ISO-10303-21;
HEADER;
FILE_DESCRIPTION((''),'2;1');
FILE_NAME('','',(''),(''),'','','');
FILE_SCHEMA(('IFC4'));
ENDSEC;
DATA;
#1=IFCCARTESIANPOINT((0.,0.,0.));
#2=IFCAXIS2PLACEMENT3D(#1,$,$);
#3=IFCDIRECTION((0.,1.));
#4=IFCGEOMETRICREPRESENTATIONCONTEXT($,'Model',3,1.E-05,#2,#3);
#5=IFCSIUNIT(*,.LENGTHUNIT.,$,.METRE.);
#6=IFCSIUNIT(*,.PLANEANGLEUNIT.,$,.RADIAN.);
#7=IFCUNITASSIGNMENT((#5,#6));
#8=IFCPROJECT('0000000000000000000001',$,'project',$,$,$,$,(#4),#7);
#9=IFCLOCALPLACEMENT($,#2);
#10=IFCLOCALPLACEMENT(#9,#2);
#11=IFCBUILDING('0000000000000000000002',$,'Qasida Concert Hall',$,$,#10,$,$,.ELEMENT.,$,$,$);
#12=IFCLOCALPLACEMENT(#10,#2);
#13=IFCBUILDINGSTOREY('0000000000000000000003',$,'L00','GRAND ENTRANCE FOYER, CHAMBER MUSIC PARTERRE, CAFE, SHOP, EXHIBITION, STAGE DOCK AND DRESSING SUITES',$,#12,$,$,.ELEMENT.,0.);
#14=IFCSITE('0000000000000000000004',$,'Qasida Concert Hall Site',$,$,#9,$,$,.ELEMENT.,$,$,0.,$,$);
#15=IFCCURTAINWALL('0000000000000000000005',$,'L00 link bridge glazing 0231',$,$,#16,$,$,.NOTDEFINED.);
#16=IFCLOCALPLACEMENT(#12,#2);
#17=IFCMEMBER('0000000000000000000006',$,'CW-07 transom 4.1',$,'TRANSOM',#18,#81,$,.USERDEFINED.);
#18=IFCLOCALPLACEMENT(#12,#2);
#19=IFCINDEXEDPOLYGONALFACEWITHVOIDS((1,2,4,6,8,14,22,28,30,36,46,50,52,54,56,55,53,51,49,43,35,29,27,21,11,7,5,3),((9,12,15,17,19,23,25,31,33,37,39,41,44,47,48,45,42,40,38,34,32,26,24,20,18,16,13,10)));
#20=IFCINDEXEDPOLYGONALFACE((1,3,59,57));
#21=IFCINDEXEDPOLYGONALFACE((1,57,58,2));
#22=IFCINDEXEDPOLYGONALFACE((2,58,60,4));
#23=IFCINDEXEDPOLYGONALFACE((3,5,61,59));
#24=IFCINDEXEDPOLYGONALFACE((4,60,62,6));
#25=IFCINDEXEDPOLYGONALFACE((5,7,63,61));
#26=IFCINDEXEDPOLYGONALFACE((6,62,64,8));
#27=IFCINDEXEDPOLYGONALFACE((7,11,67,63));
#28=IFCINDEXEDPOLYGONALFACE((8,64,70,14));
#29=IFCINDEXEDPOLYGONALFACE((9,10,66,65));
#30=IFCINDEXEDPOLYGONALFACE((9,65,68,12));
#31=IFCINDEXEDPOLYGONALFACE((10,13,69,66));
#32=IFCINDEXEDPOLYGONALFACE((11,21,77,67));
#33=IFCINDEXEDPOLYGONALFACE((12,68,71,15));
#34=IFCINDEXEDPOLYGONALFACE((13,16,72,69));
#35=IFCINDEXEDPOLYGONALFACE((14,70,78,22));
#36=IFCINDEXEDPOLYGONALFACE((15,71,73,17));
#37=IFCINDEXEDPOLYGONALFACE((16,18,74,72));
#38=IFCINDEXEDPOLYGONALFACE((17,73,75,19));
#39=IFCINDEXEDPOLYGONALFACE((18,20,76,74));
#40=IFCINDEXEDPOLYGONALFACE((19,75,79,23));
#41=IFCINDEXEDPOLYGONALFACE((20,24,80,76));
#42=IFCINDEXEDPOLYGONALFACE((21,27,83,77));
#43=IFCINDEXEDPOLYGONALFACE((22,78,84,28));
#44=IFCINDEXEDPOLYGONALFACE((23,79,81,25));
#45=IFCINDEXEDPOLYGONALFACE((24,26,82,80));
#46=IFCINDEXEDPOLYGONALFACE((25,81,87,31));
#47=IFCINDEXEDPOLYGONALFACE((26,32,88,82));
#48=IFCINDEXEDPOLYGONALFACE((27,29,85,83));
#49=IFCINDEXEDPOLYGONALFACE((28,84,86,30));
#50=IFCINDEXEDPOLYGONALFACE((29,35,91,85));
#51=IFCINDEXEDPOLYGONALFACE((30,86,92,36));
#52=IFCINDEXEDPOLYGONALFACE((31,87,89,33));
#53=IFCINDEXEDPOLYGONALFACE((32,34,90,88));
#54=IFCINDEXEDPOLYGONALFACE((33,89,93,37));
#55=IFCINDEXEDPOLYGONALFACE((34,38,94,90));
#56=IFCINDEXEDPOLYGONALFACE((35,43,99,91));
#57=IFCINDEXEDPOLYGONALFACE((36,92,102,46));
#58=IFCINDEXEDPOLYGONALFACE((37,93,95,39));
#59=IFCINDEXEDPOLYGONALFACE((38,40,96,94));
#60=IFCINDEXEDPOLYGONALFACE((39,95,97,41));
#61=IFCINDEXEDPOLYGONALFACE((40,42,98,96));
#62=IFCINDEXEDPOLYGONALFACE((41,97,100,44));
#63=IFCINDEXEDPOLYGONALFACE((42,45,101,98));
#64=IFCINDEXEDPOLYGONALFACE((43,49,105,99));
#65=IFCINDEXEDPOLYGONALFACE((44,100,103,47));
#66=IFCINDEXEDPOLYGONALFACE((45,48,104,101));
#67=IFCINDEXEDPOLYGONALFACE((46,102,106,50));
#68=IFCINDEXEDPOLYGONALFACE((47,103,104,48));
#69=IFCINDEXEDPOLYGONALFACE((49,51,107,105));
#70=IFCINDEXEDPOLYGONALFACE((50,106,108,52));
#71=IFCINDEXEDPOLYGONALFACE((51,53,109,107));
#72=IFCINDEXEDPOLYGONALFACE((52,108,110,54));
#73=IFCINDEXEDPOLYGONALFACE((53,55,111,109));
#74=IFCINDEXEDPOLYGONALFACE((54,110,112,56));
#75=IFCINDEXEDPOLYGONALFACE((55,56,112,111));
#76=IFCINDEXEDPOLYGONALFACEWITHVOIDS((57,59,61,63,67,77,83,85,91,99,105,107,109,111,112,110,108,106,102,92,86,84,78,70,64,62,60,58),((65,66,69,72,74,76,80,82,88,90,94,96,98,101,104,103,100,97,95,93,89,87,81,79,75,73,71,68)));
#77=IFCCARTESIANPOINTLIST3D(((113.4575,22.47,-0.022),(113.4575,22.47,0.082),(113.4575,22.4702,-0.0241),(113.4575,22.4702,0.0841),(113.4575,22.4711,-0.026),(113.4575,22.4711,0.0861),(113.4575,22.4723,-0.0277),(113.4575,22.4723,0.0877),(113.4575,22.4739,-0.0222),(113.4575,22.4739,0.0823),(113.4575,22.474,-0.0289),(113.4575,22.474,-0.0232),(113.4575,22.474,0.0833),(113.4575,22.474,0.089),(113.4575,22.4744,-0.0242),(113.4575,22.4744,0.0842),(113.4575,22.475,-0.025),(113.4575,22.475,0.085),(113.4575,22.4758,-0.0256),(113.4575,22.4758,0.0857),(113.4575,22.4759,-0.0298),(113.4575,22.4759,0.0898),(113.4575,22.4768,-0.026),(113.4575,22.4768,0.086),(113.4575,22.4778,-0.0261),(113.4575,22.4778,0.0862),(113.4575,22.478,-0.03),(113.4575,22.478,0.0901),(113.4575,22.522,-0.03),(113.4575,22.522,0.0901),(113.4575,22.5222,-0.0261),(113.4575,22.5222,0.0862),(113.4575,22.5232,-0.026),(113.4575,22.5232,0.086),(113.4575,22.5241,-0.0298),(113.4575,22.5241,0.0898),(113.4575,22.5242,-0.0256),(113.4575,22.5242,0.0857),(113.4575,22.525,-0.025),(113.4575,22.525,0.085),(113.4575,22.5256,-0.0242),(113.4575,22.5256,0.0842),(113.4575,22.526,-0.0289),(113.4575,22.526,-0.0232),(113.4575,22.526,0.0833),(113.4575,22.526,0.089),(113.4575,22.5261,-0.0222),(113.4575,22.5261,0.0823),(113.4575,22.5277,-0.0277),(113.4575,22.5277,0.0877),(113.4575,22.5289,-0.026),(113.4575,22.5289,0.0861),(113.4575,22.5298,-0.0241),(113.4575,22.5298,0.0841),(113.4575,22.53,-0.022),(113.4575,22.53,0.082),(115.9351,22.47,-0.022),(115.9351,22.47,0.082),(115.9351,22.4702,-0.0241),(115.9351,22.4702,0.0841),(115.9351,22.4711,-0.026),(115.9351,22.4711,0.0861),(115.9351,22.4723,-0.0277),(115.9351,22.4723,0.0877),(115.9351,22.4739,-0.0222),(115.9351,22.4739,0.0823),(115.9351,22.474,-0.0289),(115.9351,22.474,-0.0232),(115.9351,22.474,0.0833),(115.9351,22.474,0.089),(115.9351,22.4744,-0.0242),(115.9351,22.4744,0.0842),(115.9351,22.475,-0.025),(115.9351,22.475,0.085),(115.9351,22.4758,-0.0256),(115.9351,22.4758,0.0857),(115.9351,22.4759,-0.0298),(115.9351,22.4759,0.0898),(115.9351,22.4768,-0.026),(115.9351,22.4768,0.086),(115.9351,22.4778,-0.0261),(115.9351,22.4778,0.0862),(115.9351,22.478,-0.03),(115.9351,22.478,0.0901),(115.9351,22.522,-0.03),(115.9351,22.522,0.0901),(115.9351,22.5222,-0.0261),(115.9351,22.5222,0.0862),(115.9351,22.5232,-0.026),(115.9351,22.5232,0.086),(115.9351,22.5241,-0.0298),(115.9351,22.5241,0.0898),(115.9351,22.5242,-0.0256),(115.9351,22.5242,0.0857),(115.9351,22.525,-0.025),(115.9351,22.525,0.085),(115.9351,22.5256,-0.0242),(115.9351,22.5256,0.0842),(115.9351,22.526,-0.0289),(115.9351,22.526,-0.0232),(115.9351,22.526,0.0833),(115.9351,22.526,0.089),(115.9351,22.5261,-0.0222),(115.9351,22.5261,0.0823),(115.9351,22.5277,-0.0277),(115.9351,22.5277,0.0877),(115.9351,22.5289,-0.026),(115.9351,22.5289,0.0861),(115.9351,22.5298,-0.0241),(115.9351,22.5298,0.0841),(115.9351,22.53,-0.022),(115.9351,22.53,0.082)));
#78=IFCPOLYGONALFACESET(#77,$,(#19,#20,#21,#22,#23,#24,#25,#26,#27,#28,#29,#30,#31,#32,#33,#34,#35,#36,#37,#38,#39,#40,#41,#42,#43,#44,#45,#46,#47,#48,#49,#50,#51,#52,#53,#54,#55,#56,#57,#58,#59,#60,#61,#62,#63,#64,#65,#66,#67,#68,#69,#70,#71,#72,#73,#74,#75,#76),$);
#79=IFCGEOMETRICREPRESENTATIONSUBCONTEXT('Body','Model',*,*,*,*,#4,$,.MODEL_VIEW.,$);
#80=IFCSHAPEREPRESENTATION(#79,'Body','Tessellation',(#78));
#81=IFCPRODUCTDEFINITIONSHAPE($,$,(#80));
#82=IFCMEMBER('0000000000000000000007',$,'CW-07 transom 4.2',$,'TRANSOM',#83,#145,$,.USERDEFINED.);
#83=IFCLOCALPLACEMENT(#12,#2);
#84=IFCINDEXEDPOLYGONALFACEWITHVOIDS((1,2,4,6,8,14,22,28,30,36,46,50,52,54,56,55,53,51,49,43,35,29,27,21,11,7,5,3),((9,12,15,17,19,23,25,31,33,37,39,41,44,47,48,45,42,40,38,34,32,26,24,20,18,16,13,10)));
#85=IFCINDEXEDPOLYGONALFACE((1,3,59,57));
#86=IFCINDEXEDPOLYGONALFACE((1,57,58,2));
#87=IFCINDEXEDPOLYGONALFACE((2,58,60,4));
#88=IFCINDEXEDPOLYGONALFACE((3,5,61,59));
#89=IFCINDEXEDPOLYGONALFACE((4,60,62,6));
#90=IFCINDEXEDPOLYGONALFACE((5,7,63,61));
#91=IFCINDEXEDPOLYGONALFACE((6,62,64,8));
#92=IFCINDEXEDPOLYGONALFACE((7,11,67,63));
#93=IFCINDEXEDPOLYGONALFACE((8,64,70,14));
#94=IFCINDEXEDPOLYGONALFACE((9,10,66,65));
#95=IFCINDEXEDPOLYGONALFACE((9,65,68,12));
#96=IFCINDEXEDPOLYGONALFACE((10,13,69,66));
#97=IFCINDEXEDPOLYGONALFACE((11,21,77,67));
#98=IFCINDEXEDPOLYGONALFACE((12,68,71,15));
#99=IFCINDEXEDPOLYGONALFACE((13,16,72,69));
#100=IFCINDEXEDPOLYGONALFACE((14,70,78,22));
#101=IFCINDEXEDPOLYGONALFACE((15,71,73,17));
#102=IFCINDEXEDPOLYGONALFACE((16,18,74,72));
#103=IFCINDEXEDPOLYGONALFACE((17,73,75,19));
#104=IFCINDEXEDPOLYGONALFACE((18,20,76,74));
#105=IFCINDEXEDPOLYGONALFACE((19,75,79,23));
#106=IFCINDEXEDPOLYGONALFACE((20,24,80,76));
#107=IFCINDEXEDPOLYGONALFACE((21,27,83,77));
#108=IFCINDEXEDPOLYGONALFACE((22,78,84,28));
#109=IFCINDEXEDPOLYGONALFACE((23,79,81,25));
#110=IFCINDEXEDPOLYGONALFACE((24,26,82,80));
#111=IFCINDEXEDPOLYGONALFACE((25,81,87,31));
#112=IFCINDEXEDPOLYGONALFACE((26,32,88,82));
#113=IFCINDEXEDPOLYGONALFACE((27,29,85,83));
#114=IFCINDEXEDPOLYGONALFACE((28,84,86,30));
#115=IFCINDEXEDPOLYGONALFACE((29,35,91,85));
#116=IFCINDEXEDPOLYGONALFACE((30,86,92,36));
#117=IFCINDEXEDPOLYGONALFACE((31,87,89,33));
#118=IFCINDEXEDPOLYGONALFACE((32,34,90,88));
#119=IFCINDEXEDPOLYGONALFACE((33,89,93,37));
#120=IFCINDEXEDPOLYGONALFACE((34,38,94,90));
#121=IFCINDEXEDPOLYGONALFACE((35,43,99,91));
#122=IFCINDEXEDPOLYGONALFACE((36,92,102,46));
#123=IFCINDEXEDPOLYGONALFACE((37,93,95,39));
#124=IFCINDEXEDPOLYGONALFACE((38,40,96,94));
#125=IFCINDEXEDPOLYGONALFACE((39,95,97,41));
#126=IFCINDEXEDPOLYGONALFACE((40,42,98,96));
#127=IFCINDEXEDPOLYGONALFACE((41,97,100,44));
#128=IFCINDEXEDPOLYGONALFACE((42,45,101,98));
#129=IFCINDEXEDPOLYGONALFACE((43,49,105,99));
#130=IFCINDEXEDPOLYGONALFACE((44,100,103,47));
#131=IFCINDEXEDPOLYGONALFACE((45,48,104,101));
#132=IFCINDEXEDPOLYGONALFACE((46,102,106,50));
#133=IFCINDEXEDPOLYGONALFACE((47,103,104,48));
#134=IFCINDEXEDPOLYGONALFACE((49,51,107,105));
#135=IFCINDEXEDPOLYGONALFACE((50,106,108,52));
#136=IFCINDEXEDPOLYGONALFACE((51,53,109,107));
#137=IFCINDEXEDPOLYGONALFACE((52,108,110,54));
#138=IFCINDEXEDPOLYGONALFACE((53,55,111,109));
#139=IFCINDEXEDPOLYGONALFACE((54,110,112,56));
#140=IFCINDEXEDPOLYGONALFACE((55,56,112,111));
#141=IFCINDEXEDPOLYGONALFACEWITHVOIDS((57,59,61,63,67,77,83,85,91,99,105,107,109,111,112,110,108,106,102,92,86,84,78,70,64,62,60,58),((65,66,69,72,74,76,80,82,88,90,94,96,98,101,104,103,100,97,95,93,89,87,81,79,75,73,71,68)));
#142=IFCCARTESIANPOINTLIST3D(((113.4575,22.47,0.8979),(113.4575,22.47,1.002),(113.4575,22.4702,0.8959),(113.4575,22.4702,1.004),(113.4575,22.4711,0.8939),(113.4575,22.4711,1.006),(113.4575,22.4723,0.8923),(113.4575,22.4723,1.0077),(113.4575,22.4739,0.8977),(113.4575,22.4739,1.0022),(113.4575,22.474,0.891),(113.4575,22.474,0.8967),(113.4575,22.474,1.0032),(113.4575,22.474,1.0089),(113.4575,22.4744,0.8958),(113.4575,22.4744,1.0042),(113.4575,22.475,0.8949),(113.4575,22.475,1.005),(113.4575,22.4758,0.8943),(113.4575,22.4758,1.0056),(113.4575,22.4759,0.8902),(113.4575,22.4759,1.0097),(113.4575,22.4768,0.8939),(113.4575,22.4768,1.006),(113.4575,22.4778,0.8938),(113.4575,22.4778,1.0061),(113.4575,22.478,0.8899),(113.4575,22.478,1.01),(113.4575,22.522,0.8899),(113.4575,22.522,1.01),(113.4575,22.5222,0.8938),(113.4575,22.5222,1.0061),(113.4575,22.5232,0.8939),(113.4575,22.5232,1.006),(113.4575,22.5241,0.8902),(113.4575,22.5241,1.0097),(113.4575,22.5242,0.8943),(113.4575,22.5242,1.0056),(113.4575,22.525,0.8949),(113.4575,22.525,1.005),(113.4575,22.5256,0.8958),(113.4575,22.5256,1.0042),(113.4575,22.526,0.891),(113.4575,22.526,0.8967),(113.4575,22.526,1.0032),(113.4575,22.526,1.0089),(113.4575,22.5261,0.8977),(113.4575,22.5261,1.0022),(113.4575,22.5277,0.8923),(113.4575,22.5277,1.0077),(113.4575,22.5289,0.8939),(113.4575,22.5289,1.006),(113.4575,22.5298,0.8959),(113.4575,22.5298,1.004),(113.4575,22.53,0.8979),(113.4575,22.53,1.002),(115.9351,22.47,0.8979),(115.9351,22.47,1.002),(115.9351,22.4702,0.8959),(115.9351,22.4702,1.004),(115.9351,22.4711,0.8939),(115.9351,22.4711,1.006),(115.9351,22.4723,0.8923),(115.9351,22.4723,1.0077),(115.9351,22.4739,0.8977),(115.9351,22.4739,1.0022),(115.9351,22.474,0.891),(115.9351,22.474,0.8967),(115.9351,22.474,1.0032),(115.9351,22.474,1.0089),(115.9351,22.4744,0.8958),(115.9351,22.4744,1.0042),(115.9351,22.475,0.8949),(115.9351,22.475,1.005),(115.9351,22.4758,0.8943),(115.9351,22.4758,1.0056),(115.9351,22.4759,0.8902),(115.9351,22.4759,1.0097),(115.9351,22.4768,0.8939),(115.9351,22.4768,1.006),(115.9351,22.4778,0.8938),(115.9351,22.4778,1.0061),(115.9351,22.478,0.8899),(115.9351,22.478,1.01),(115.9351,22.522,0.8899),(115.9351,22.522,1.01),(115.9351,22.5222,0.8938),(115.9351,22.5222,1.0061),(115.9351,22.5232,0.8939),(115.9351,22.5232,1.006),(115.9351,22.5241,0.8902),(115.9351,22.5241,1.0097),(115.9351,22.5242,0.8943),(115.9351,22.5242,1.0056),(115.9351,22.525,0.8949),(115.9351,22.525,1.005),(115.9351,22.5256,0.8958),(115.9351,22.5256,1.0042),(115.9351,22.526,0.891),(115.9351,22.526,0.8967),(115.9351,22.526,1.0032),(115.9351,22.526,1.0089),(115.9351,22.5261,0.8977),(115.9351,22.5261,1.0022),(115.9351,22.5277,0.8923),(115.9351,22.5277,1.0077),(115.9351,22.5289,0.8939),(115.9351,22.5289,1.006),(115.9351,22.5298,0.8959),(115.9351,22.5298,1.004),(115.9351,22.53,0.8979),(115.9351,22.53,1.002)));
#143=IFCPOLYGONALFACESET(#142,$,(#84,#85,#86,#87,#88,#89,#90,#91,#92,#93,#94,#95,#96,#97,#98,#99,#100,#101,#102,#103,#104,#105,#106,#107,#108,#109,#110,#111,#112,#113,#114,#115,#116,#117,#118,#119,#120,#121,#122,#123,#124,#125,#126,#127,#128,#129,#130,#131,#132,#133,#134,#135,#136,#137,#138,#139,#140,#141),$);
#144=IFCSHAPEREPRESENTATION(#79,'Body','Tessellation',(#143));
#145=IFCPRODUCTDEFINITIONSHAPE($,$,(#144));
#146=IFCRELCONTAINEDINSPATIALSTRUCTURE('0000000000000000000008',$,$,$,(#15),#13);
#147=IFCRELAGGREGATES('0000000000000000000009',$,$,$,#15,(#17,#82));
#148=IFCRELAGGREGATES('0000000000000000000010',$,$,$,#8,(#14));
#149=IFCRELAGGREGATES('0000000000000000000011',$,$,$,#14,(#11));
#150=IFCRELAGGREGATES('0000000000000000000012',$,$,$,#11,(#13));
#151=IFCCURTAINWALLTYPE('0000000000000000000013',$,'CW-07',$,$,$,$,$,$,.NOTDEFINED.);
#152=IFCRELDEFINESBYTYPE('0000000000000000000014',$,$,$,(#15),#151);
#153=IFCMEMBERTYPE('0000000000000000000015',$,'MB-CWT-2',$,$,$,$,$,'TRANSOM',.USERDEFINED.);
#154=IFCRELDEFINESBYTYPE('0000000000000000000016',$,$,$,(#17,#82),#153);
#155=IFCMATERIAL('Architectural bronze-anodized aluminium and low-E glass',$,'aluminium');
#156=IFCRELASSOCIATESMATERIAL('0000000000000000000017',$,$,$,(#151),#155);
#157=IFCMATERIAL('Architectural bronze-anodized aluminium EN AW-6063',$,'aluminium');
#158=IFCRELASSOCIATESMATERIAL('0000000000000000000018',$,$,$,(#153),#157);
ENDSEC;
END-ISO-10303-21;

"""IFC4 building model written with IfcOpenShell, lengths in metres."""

from ifc_helpers import new_model, si_unit, direction, frame, origin, origin_2d, place, context, subcontext, project, spatial, hollow_rectangle, extrude, material, material_profile, profile_set, type_object, element, aggregate, save


model = new_model("IFC4")

# Units and contexts
model_context = context("Model", 3, precision=1e-05, world=origin(), true_north=direction((0.0, 1.0)))
body_context = subcontext(model_context, "Body", "Model", "MODEL_VIEW")
ifc_project = project(units=[si_unit("LENGTHUNIT", "METRE"), si_unit("PLANEANGLEUNIT", "RADIAN")], contexts=[model_context])

# Site, building, storey
site_placement = place(None, origin())
site = spatial("IfcSite", under=ifc_project, at=site_placement, Name="Qasida Concert Hall Site", CompositionType="ELEMENT", RefElevation=0.0)
building_placement = place(site_placement, origin())
building = spatial("IfcBuilding", under=site, at=building_placement, Name="Qasida Concert Hall", CompositionType="ELEMENT")
storey_placement = place(building_placement, origin())
storey = spatial("IfcBuildingStorey", under=building, at=storey_placement, Name="L00", Description="GRAND ENTRANCE FOYER, CHAMBER MUSIC PARTERRE, CAFE, SHOP, EXHIBITION, STAGE DOCK AND DRESSING SUITES", CompositionType="ELEMENT", Elevation=0.0)

# Curtain wall
ifc_material_1 = material(Name="Architectural bronze-anodized aluminium and low-E glass", Category="aluminium")
curtain_wall_type = type_object("IfcCurtainWallType", Name="CW-07", PredefinedType="NOTDEFINED", material=ifc_material_1)
curtain_wall_1_placement = place(storey_placement, origin())
curtain_wall_1 = element("IfcCurtainWall", 1, at=curtain_wall_1_placement, inside=storey, type_object=curtain_wall_type, Name="L00 link bridge glazing 0231", PredefinedType="NOTDEFINED")
ifc_material_2 = material(Name="Architectural bronze-anodized aluminium EN AW-6063", Category="aluminium")

# Members
ifc_material_profile_1 = material_profile(ifc_material_2, hollow_rectangle(XDim=0.0601, YDim=0.1201, WallThickness=0.0039, InnerFilletRadius=0.0039, OuterFilletRadius=0.0081, at=origin_2d()), Name="CWT 120x60x4")
ifc_profile_set_1 = profile_set([ifc_material_profile_1], Name="Architectural bronze-anodized aluminium EN AW-6063")
member_type_1 = type_object("IfcMemberType", Name="MB-CWT-2", ElementType="TRANSOM", PredefinedType="USERDEFINED", material=ifc_profile_set_1)
member_1_placement = place(storey_placement, frame((113.4575, 22.5, 0.03), z_axis=(1.0, 0.0, 0.0), x_axis=(0.0, 1.0, 0.0)))
member_1 = element("IfcMember", 2, at=member_1_placement, type_object=member_type_1, Name="CW-07 transom 4.1", ObjectType="TRANSOM", PredefinedType="USERDEFINED", context=body_context, shape_type="SweptSolid", body=[
    extrude(hollow_rectangle(XDim=0.0601, YDim=0.1201, WallThickness=0.0039, InnerFilletRadius=0.0039, OuterFilletRadius=0.0081, at=origin_2d()), origin(), (0.0, 0.0, 1.0), 2.4775),
])
member_2_placement = place(storey_placement, frame((113.4575, 22.5, 0.95), z_axis=(1.0, 0.0, 0.0), x_axis=(0.0, 1.0, 0.0)))
member_2 = element("IfcMember", 3, at=member_2_placement, type_object=member_type_1, Name="CW-07 transom 4.2", ObjectType="TRANSOM", PredefinedType="USERDEFINED", context=body_context, shape_type="SweptSolid", body=[
    extrude(hollow_rectangle(XDim=0.0601, YDim=0.1201, WallThickness=0.0039, InnerFilletRadius=0.0039, OuterFilletRadius=0.0081, at=origin_2d()), origin(), (0.0, 0.0, 1.0), 2.4775),
])

aggregate(curtain_wall_1, [member_1, member_2])

save(model, "model.ifc")
